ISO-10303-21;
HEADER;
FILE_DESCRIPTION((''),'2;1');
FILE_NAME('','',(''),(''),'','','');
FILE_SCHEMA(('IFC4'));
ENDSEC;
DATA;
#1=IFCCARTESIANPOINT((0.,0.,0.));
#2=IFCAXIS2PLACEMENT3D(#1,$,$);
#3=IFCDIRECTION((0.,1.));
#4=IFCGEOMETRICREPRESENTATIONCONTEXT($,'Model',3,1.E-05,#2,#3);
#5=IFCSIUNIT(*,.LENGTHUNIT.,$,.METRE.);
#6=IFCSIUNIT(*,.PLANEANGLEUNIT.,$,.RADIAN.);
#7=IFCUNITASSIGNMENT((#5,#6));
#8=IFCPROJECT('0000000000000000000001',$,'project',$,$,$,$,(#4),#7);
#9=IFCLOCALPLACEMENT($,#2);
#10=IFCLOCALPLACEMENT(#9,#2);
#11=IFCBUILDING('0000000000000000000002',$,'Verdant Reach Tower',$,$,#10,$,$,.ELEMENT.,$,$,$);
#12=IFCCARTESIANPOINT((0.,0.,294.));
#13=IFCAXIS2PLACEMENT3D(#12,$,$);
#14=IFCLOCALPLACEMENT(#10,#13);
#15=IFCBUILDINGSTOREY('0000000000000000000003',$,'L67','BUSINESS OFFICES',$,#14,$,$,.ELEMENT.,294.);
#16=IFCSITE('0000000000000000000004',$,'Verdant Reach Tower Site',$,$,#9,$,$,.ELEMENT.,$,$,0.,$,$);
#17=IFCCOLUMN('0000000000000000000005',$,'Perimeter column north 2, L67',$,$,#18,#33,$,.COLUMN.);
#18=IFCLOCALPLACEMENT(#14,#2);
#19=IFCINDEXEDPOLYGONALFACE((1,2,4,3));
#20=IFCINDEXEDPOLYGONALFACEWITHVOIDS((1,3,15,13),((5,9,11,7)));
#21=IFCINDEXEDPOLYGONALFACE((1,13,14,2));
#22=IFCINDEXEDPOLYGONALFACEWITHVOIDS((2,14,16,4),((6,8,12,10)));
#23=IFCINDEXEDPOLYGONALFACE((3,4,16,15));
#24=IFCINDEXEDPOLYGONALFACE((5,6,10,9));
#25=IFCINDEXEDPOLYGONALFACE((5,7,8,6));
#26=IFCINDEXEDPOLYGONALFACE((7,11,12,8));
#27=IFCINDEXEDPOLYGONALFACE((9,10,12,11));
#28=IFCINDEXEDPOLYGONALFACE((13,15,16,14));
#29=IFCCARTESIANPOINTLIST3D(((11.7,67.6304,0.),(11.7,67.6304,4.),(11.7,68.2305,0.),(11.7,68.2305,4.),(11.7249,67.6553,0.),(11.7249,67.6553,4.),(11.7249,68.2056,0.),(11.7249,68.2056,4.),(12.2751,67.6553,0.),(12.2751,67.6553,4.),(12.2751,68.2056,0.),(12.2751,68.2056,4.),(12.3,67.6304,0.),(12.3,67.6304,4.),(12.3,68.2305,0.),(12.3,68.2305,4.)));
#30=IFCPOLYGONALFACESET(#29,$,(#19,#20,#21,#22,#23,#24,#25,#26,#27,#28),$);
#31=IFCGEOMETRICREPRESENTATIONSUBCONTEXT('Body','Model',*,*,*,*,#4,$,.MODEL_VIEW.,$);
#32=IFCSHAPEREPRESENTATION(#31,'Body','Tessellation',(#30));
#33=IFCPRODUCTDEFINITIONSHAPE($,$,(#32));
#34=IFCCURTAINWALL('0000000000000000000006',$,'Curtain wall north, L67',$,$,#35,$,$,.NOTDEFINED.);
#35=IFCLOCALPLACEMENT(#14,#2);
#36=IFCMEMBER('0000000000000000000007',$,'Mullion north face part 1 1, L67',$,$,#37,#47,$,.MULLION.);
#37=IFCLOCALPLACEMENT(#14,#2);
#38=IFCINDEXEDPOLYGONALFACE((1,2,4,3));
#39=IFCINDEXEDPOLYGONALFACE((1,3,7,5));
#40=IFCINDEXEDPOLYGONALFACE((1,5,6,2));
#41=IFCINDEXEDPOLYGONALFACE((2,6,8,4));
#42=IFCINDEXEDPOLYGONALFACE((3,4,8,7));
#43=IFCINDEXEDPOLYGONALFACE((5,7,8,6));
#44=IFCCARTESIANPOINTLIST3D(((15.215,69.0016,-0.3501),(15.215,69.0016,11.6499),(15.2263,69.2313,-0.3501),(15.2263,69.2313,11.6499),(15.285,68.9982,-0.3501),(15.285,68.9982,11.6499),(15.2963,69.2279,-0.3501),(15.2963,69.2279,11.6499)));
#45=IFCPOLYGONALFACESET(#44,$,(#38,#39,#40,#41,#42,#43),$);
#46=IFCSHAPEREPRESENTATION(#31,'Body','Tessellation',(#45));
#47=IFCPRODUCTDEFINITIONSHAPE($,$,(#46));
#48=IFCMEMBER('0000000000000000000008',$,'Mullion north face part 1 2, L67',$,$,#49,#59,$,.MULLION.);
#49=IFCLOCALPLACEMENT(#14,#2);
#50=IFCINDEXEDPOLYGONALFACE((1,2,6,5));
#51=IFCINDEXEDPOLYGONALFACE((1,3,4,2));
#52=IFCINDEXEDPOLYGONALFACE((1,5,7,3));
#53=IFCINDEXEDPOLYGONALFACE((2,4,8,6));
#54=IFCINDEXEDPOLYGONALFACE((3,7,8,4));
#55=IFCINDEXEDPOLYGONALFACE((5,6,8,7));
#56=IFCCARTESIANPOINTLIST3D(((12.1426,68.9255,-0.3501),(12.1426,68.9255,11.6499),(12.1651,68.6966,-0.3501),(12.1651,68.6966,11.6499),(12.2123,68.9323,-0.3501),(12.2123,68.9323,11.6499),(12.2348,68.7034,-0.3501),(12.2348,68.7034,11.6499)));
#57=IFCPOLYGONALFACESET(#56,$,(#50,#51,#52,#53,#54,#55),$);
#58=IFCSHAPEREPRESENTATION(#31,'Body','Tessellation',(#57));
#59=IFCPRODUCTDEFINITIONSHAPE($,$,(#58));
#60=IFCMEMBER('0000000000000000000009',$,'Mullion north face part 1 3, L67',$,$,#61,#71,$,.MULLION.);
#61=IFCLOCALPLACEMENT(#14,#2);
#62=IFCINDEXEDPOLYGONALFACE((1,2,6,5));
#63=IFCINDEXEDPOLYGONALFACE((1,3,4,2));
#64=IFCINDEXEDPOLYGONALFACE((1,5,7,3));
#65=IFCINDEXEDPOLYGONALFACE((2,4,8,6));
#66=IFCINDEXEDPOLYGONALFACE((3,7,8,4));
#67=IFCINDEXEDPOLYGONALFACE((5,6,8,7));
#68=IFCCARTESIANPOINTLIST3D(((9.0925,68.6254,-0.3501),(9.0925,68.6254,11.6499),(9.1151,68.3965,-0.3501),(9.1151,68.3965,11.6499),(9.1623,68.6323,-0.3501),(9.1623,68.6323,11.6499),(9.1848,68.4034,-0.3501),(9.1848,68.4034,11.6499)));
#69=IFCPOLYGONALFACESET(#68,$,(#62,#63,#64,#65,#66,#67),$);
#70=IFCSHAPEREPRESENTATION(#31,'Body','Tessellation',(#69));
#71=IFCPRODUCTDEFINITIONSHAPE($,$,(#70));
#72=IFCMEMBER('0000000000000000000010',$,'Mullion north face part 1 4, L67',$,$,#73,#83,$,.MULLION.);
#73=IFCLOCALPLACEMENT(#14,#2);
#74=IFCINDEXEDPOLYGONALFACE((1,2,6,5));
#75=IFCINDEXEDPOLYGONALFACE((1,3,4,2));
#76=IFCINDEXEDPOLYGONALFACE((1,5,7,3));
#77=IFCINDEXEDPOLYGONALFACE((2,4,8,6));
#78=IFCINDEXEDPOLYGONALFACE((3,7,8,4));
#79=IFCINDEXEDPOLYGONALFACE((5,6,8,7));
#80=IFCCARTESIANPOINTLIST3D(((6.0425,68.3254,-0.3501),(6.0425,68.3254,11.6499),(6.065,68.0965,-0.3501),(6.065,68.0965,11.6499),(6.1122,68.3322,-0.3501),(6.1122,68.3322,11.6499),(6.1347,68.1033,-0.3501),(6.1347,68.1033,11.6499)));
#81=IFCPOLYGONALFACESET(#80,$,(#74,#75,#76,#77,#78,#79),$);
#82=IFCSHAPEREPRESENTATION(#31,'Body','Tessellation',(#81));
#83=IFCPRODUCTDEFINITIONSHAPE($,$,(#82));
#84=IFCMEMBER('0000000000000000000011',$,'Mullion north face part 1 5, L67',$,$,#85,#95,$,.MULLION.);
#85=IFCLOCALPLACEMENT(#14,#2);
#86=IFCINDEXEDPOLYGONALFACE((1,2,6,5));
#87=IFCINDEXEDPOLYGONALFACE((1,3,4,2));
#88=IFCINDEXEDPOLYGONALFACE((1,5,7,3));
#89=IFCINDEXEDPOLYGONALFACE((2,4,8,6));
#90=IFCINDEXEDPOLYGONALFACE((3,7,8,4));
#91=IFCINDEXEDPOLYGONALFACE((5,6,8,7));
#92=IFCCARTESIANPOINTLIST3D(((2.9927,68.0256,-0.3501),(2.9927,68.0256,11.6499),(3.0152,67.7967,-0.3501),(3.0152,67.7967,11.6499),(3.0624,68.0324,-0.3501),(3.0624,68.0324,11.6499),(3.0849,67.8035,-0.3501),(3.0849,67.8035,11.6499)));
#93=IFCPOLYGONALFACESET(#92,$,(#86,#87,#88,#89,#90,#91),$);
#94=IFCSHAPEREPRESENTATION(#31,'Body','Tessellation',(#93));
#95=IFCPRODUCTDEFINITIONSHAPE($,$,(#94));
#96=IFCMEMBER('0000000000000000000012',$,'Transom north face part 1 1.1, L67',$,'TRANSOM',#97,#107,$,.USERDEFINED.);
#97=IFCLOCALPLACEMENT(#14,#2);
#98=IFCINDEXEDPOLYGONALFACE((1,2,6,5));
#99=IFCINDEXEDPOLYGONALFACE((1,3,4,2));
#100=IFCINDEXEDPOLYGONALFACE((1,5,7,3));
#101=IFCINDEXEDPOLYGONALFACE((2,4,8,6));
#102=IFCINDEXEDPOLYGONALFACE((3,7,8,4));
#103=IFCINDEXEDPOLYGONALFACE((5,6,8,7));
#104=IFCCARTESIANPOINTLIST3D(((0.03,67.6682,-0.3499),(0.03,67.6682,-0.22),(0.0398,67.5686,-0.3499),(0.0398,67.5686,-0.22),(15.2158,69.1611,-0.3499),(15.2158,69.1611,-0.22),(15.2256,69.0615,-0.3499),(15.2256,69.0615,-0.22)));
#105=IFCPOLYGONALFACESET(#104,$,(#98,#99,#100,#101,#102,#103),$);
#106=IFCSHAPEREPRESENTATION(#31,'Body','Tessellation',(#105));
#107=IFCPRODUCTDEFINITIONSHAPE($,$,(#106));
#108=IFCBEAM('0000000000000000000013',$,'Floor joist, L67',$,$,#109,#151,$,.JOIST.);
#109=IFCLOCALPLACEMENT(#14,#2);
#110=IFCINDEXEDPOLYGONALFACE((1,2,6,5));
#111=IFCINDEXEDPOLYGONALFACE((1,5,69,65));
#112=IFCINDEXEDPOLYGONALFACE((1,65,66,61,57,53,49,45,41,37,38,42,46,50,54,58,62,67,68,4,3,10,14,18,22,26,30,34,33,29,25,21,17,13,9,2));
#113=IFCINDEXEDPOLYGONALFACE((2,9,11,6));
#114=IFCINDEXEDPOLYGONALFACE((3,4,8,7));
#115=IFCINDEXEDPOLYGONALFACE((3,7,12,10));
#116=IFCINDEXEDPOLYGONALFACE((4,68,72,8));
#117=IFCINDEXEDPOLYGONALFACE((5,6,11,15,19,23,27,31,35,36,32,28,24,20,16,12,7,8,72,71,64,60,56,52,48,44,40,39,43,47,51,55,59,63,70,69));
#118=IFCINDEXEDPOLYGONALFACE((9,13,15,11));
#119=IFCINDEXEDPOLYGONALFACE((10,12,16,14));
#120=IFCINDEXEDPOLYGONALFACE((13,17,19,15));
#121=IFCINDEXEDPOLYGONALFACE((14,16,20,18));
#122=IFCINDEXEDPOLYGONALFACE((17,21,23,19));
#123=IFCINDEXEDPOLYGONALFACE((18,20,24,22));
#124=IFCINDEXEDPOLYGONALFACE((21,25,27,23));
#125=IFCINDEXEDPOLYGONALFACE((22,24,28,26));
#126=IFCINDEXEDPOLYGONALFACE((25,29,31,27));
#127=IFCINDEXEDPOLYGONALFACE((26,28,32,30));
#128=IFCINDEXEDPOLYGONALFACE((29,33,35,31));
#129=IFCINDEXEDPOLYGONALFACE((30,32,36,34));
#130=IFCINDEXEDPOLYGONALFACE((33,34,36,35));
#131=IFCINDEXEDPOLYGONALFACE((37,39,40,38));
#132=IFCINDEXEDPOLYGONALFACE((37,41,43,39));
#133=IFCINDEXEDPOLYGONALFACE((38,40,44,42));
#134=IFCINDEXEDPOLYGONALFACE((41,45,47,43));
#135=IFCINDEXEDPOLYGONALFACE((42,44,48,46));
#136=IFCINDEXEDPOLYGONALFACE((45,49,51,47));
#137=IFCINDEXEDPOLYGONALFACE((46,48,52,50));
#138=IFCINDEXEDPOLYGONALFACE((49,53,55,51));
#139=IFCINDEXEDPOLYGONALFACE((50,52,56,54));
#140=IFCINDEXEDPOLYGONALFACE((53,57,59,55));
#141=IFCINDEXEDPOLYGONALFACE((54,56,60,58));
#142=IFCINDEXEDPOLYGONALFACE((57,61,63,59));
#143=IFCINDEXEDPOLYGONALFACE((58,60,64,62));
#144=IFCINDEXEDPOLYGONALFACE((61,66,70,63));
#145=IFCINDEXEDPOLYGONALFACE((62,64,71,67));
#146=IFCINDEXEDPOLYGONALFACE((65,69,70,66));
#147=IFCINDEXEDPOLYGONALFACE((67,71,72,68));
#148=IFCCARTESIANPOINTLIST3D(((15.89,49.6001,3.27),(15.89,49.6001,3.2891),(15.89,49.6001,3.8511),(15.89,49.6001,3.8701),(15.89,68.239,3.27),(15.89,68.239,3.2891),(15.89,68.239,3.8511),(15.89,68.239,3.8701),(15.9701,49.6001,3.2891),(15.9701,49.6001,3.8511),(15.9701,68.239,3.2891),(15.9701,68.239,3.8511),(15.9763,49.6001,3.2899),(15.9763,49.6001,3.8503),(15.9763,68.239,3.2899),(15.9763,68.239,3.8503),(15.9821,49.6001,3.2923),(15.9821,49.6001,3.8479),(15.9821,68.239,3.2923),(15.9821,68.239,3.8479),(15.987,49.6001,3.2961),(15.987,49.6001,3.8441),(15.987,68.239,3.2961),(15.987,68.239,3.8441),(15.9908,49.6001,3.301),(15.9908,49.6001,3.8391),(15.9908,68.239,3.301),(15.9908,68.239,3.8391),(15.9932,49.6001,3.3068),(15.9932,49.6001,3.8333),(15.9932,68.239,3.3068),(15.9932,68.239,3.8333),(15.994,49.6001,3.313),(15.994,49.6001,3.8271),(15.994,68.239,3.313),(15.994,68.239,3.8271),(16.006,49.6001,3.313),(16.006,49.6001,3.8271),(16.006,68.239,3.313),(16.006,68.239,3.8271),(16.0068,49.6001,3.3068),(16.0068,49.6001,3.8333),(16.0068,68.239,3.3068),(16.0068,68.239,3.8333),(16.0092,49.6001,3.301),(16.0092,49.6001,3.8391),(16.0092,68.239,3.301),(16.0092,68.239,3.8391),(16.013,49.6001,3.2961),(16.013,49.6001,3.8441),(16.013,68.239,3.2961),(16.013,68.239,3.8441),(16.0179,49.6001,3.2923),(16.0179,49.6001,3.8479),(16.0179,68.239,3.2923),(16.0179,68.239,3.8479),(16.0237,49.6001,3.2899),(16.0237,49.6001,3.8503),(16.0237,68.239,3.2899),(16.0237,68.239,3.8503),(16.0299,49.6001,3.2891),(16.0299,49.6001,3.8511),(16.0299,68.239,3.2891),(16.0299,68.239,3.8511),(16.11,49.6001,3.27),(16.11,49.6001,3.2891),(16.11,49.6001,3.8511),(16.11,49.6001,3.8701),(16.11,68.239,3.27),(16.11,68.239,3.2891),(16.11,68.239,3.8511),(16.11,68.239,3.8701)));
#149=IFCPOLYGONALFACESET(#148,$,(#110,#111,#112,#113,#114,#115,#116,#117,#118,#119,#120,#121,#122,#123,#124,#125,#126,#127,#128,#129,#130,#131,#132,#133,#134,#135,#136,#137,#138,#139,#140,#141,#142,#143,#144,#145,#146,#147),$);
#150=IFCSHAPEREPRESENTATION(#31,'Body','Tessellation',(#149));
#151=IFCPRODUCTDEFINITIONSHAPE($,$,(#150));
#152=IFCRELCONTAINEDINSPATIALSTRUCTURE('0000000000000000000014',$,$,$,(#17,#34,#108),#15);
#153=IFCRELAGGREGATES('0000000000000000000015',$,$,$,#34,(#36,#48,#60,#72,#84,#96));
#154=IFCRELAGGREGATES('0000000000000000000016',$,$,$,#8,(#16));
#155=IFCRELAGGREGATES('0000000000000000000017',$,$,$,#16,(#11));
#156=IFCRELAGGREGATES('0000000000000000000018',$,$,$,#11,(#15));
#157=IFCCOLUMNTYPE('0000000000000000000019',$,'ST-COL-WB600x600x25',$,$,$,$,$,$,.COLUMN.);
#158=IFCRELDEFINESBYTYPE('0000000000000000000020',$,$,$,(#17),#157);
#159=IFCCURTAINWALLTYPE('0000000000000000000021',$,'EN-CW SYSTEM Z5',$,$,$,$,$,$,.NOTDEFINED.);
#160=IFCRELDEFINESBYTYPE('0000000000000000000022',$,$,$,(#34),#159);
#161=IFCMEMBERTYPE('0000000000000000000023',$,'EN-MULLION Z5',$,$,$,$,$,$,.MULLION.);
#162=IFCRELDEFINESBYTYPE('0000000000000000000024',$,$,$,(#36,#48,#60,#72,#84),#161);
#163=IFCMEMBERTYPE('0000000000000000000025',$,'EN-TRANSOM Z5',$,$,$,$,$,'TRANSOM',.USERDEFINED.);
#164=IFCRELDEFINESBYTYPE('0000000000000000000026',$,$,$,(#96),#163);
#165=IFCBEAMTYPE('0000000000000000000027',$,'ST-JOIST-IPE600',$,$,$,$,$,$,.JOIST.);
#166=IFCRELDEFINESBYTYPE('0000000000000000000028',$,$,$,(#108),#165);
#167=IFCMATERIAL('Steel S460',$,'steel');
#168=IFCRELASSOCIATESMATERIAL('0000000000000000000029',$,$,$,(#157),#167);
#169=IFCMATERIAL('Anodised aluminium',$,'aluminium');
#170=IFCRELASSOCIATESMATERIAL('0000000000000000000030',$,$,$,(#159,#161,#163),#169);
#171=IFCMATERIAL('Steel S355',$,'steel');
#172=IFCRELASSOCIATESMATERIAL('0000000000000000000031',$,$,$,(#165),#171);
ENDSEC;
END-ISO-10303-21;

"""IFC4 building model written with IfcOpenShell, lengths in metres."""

from ifc_helpers import new_model, si_unit, direction, frame, origin, origin_2d, place, context, subcontext, project, spatial, rectangle, hollow_rectangle, i_section, extrude, material, material_profile, profile_set, type_object, element, aggregate, save


model = new_model("IFC4")

# Units and contexts
model_context = context("Model", 3, precision=1e-05, world=origin(), true_north=direction((0.0, 1.0)))
body_context = subcontext(model_context, "Body", "Model", "MODEL_VIEW")
ifc_project = project(units=[si_unit("LENGTHUNIT", "METRE"), si_unit("PLANEANGLEUNIT", "RADIAN")], contexts=[model_context])

# Site, building, storey
site_placement = place(None, origin())
site = spatial("IfcSite", under=ifc_project, at=site_placement, Name="Verdant Reach Tower Site", CompositionType="ELEMENT", RefElevation=0.0)
building_placement = place(site_placement, origin())
building = spatial("IfcBuilding", under=site, at=building_placement, Name="Verdant Reach Tower", CompositionType="ELEMENT")
storey_placement = place(building_placement, frame((0.0, 0.0, 294.0)))
storey = spatial("IfcBuildingStorey", under=building, at=storey_placement, Name="L67", Description="BUSINESS OFFICES", CompositionType="ELEMENT", Elevation=294.0)

# Column
ifc_material_1 = material(Name="Steel S460", Category="steel")
ifc_material_profile_1 = material_profile(ifc_material_1, hollow_rectangle(XDim=0.6001, YDim=0.6001, WallThickness=0.0249, at=origin_2d()), Name="WB 600x600x25")
ifc_profile_set_1 = profile_set([ifc_material_profile_1], Name="Steel S460")
column_type = type_object("IfcColumnType", Name="ST-COL-WB600x600x25", PredefinedType="COLUMN", material=ifc_profile_set_1)
column_placement = place(storey_placement, frame((12.0, 67.9304, 0.0), z_axis=(0.0, 0.0, 1.0), x_axis=(1.0, 0.0, 0.0)))
element("IfcColumn", 1, at=column_placement, inside=storey, type_object=column_type, Name="Perimeter column north 2, L67", PredefinedType="COLUMN", context=body_context, shape_type="SweptSolid", body=[
    extrude(hollow_rectangle(XDim=0.6001, YDim=0.6001, WallThickness=0.0249, at=origin_2d()), origin(), (0.0, 0.0, 1.0), 4.0),
])

# Curtain wall, members
ifc_material_2 = material(Name="Anodised aluminium", Category="aluminium")
curtain_wall_type = type_object("IfcCurtainWallType", Name="EN-CW SYSTEM Z5", PredefinedType="NOTDEFINED", material=ifc_material_2)
curtain_wall_placement = place(storey_placement, origin())
curtain_wall = element("IfcCurtainWall", 2, at=curtain_wall_placement, inside=storey, type_object=curtain_wall_type, Name="Curtain wall north, L67", PredefinedType="NOTDEFINED")
ifc_material_profile_2 = material_profile(ifc_material_2, rectangle(XDim=0.23, YDim=0.0701, at=origin_2d()), Name="Mullion 70x230")
ifc_profile_set_2 = profile_set([ifc_material_profile_2], Name="Anodised aluminium")
member_type_1 = type_object("IfcMemberType", Name="EN-MULLION Z5", PredefinedType="MULLION", material=ifc_profile_set_2)
member_1_placement = place(storey_placement, frame((15.2556, 69.1147, -0.3501), z_axis=(0.0, 0.0, 1.0), x_axis=(0.049128, 0.998793, 0.0)))
member_1 = element("IfcMember", 3, at=member_1_placement, type_object=member_type_1, Name="Mullion north face part 1 1, L67", PredefinedType="MULLION", context=body_context, shape_type="SweptSolid", body=[
    extrude(rectangle(XDim=0.23, YDim=0.0701, at=origin_2d()), origin(), (0.0, 0.0, 1.0), 12.0),
])
member_2_placement = place(storey_placement, frame((12.1887, 68.8145, -0.3501), z_axis=(0.0, 0.0, 1.0), x_axis=(-0.097888, 0.995197, 0.0)))
member_2 = element("IfcMember", 4, at=member_2_placement, type_object=member_type_1, Name="Mullion north face part 1 2, L67", PredefinedType="MULLION", context=body_context, shape_type="SweptSolid", body=[
    extrude(rectangle(XDim=0.23, YDim=0.0701, at=origin_2d()), origin(), (0.0, 0.0, 1.0), 12.0),
])
member_3_placement = place(storey_placement, frame((9.1387, 68.5144, -0.3501), z_axis=(0.0, 0.0, 1.0), x_axis=(-0.097888, 0.995197, 0.0)))
member_3 = element("IfcMember", 5, at=member_3_placement, type_object=member_type_1, Name="Mullion north face part 1 3, L67", PredefinedType="MULLION", context=body_context, shape_type="SweptSolid", body=[
    extrude(rectangle(XDim=0.23, YDim=0.0701, at=origin_2d()), origin(), (0.0, 0.0, 1.0), 12.0),
])
member_4_placement = place(storey_placement, frame((6.0886, 68.2144, -0.3501), z_axis=(0.0, 0.0, 1.0), x_axis=(-0.097888, 0.995197, 0.0)))
member_4 = element("IfcMember", 6, at=member_4_placement, type_object=member_type_1, Name="Mullion north face part 1 4, L67", PredefinedType="MULLION", context=body_context, shape_type="SweptSolid", body=[
    extrude(rectangle(XDim=0.23, YDim=0.0701, at=origin_2d()), origin(), (0.0, 0.0, 1.0), 12.0),
])
member_5_placement = place(storey_placement, frame((3.0388, 67.9146, -0.3501), z_axis=(0.0, 0.0, 1.0), x_axis=(-0.097888, 0.995197, 0.0)))
member_5 = element("IfcMember", 7, at=member_5_placement, type_object=member_type_1, Name="Mullion north face part 1 5, L67", PredefinedType="MULLION", context=body_context, shape_type="SweptSolid", body=[
    extrude(rectangle(XDim=0.23, YDim=0.0701, at=origin_2d()), origin(), (0.0, 0.0, 1.0), 12.0),
])
ifc_material_profile_3 = material_profile(ifc_material_2, rectangle(XDim=0.1001, YDim=0.1299, at=origin_2d()), Name="Transom 130x100")
ifc_profile_set_3 = profile_set([ifc_material_profile_3], Name="Anodised aluminium")
member_type_2 = type_object("IfcMemberType", Name="EN-TRANSOM Z5", ElementType="TRANSOM", PredefinedType="USERDEFINED", material=ifc_profile_set_3)
member_6_placement = place(storey_placement, frame((15.2207, 69.1113, -0.2849), z_axis=(-0.995202, -0.097839, 0.0), x_axis=(0.097839, -0.995202, 0.0)))
member_6 = element("IfcMember", 8, at=member_6_placement, type_object=member_type_2, Name="Transom north face part 1 1.1, L67", ObjectType="TRANSOM", PredefinedType="USERDEFINED", context=body_context, shape_type="SweptSolid", body=[
    extrude(rectangle(XDim=0.1001, YDim=0.1299, at=origin_2d()), origin(), (0.0, 0.0, 1.0), 15.259),
])

# Beam
ifc_material_3 = material(Name="Steel S355", Category="steel")
ifc_material_profile_4 = material_profile(ifc_material_3, i_section(OverallWidth=0.22, OverallDepth=0.6001, WebThickness=0.012, FlangeThickness=0.019, FilletRadius=0.0239, at=origin_2d()), Name="IPE 600")
ifc_profile_set_4 = profile_set([ifc_material_profile_4], Name="Steel S355")
beam_type_1 = type_object("IfcBeamType", Name="ST-JOIST-IPE600", PredefinedType="JOIST", material=ifc_profile_set_4)
beam_1_placement = place(storey_placement, frame((16.0, 49.6001, 3.5701), z_axis=(0.0, 1.0, 0.0), x_axis=(-1.0, 0.0, 0.0)))
element("IfcBeam", 9, at=beam_1_placement, inside=storey, type_object=beam_type_1, Name="Floor joist, L67", PredefinedType="JOIST", context=body_context, shape_type="SweptSolid", body=[
    extrude(i_section(OverallWidth=0.22, OverallDepth=0.6001, WebThickness=0.012, FlangeThickness=0.019, FilletRadius=0.0239, at=origin_2d()), origin(), (0.0, 0.0, 1.0), 18.6389),
])

aggregate(curtain_wall, [member_1, member_2, member_3, member_4, member_5, member_6])

save(model, "model.ifc")
